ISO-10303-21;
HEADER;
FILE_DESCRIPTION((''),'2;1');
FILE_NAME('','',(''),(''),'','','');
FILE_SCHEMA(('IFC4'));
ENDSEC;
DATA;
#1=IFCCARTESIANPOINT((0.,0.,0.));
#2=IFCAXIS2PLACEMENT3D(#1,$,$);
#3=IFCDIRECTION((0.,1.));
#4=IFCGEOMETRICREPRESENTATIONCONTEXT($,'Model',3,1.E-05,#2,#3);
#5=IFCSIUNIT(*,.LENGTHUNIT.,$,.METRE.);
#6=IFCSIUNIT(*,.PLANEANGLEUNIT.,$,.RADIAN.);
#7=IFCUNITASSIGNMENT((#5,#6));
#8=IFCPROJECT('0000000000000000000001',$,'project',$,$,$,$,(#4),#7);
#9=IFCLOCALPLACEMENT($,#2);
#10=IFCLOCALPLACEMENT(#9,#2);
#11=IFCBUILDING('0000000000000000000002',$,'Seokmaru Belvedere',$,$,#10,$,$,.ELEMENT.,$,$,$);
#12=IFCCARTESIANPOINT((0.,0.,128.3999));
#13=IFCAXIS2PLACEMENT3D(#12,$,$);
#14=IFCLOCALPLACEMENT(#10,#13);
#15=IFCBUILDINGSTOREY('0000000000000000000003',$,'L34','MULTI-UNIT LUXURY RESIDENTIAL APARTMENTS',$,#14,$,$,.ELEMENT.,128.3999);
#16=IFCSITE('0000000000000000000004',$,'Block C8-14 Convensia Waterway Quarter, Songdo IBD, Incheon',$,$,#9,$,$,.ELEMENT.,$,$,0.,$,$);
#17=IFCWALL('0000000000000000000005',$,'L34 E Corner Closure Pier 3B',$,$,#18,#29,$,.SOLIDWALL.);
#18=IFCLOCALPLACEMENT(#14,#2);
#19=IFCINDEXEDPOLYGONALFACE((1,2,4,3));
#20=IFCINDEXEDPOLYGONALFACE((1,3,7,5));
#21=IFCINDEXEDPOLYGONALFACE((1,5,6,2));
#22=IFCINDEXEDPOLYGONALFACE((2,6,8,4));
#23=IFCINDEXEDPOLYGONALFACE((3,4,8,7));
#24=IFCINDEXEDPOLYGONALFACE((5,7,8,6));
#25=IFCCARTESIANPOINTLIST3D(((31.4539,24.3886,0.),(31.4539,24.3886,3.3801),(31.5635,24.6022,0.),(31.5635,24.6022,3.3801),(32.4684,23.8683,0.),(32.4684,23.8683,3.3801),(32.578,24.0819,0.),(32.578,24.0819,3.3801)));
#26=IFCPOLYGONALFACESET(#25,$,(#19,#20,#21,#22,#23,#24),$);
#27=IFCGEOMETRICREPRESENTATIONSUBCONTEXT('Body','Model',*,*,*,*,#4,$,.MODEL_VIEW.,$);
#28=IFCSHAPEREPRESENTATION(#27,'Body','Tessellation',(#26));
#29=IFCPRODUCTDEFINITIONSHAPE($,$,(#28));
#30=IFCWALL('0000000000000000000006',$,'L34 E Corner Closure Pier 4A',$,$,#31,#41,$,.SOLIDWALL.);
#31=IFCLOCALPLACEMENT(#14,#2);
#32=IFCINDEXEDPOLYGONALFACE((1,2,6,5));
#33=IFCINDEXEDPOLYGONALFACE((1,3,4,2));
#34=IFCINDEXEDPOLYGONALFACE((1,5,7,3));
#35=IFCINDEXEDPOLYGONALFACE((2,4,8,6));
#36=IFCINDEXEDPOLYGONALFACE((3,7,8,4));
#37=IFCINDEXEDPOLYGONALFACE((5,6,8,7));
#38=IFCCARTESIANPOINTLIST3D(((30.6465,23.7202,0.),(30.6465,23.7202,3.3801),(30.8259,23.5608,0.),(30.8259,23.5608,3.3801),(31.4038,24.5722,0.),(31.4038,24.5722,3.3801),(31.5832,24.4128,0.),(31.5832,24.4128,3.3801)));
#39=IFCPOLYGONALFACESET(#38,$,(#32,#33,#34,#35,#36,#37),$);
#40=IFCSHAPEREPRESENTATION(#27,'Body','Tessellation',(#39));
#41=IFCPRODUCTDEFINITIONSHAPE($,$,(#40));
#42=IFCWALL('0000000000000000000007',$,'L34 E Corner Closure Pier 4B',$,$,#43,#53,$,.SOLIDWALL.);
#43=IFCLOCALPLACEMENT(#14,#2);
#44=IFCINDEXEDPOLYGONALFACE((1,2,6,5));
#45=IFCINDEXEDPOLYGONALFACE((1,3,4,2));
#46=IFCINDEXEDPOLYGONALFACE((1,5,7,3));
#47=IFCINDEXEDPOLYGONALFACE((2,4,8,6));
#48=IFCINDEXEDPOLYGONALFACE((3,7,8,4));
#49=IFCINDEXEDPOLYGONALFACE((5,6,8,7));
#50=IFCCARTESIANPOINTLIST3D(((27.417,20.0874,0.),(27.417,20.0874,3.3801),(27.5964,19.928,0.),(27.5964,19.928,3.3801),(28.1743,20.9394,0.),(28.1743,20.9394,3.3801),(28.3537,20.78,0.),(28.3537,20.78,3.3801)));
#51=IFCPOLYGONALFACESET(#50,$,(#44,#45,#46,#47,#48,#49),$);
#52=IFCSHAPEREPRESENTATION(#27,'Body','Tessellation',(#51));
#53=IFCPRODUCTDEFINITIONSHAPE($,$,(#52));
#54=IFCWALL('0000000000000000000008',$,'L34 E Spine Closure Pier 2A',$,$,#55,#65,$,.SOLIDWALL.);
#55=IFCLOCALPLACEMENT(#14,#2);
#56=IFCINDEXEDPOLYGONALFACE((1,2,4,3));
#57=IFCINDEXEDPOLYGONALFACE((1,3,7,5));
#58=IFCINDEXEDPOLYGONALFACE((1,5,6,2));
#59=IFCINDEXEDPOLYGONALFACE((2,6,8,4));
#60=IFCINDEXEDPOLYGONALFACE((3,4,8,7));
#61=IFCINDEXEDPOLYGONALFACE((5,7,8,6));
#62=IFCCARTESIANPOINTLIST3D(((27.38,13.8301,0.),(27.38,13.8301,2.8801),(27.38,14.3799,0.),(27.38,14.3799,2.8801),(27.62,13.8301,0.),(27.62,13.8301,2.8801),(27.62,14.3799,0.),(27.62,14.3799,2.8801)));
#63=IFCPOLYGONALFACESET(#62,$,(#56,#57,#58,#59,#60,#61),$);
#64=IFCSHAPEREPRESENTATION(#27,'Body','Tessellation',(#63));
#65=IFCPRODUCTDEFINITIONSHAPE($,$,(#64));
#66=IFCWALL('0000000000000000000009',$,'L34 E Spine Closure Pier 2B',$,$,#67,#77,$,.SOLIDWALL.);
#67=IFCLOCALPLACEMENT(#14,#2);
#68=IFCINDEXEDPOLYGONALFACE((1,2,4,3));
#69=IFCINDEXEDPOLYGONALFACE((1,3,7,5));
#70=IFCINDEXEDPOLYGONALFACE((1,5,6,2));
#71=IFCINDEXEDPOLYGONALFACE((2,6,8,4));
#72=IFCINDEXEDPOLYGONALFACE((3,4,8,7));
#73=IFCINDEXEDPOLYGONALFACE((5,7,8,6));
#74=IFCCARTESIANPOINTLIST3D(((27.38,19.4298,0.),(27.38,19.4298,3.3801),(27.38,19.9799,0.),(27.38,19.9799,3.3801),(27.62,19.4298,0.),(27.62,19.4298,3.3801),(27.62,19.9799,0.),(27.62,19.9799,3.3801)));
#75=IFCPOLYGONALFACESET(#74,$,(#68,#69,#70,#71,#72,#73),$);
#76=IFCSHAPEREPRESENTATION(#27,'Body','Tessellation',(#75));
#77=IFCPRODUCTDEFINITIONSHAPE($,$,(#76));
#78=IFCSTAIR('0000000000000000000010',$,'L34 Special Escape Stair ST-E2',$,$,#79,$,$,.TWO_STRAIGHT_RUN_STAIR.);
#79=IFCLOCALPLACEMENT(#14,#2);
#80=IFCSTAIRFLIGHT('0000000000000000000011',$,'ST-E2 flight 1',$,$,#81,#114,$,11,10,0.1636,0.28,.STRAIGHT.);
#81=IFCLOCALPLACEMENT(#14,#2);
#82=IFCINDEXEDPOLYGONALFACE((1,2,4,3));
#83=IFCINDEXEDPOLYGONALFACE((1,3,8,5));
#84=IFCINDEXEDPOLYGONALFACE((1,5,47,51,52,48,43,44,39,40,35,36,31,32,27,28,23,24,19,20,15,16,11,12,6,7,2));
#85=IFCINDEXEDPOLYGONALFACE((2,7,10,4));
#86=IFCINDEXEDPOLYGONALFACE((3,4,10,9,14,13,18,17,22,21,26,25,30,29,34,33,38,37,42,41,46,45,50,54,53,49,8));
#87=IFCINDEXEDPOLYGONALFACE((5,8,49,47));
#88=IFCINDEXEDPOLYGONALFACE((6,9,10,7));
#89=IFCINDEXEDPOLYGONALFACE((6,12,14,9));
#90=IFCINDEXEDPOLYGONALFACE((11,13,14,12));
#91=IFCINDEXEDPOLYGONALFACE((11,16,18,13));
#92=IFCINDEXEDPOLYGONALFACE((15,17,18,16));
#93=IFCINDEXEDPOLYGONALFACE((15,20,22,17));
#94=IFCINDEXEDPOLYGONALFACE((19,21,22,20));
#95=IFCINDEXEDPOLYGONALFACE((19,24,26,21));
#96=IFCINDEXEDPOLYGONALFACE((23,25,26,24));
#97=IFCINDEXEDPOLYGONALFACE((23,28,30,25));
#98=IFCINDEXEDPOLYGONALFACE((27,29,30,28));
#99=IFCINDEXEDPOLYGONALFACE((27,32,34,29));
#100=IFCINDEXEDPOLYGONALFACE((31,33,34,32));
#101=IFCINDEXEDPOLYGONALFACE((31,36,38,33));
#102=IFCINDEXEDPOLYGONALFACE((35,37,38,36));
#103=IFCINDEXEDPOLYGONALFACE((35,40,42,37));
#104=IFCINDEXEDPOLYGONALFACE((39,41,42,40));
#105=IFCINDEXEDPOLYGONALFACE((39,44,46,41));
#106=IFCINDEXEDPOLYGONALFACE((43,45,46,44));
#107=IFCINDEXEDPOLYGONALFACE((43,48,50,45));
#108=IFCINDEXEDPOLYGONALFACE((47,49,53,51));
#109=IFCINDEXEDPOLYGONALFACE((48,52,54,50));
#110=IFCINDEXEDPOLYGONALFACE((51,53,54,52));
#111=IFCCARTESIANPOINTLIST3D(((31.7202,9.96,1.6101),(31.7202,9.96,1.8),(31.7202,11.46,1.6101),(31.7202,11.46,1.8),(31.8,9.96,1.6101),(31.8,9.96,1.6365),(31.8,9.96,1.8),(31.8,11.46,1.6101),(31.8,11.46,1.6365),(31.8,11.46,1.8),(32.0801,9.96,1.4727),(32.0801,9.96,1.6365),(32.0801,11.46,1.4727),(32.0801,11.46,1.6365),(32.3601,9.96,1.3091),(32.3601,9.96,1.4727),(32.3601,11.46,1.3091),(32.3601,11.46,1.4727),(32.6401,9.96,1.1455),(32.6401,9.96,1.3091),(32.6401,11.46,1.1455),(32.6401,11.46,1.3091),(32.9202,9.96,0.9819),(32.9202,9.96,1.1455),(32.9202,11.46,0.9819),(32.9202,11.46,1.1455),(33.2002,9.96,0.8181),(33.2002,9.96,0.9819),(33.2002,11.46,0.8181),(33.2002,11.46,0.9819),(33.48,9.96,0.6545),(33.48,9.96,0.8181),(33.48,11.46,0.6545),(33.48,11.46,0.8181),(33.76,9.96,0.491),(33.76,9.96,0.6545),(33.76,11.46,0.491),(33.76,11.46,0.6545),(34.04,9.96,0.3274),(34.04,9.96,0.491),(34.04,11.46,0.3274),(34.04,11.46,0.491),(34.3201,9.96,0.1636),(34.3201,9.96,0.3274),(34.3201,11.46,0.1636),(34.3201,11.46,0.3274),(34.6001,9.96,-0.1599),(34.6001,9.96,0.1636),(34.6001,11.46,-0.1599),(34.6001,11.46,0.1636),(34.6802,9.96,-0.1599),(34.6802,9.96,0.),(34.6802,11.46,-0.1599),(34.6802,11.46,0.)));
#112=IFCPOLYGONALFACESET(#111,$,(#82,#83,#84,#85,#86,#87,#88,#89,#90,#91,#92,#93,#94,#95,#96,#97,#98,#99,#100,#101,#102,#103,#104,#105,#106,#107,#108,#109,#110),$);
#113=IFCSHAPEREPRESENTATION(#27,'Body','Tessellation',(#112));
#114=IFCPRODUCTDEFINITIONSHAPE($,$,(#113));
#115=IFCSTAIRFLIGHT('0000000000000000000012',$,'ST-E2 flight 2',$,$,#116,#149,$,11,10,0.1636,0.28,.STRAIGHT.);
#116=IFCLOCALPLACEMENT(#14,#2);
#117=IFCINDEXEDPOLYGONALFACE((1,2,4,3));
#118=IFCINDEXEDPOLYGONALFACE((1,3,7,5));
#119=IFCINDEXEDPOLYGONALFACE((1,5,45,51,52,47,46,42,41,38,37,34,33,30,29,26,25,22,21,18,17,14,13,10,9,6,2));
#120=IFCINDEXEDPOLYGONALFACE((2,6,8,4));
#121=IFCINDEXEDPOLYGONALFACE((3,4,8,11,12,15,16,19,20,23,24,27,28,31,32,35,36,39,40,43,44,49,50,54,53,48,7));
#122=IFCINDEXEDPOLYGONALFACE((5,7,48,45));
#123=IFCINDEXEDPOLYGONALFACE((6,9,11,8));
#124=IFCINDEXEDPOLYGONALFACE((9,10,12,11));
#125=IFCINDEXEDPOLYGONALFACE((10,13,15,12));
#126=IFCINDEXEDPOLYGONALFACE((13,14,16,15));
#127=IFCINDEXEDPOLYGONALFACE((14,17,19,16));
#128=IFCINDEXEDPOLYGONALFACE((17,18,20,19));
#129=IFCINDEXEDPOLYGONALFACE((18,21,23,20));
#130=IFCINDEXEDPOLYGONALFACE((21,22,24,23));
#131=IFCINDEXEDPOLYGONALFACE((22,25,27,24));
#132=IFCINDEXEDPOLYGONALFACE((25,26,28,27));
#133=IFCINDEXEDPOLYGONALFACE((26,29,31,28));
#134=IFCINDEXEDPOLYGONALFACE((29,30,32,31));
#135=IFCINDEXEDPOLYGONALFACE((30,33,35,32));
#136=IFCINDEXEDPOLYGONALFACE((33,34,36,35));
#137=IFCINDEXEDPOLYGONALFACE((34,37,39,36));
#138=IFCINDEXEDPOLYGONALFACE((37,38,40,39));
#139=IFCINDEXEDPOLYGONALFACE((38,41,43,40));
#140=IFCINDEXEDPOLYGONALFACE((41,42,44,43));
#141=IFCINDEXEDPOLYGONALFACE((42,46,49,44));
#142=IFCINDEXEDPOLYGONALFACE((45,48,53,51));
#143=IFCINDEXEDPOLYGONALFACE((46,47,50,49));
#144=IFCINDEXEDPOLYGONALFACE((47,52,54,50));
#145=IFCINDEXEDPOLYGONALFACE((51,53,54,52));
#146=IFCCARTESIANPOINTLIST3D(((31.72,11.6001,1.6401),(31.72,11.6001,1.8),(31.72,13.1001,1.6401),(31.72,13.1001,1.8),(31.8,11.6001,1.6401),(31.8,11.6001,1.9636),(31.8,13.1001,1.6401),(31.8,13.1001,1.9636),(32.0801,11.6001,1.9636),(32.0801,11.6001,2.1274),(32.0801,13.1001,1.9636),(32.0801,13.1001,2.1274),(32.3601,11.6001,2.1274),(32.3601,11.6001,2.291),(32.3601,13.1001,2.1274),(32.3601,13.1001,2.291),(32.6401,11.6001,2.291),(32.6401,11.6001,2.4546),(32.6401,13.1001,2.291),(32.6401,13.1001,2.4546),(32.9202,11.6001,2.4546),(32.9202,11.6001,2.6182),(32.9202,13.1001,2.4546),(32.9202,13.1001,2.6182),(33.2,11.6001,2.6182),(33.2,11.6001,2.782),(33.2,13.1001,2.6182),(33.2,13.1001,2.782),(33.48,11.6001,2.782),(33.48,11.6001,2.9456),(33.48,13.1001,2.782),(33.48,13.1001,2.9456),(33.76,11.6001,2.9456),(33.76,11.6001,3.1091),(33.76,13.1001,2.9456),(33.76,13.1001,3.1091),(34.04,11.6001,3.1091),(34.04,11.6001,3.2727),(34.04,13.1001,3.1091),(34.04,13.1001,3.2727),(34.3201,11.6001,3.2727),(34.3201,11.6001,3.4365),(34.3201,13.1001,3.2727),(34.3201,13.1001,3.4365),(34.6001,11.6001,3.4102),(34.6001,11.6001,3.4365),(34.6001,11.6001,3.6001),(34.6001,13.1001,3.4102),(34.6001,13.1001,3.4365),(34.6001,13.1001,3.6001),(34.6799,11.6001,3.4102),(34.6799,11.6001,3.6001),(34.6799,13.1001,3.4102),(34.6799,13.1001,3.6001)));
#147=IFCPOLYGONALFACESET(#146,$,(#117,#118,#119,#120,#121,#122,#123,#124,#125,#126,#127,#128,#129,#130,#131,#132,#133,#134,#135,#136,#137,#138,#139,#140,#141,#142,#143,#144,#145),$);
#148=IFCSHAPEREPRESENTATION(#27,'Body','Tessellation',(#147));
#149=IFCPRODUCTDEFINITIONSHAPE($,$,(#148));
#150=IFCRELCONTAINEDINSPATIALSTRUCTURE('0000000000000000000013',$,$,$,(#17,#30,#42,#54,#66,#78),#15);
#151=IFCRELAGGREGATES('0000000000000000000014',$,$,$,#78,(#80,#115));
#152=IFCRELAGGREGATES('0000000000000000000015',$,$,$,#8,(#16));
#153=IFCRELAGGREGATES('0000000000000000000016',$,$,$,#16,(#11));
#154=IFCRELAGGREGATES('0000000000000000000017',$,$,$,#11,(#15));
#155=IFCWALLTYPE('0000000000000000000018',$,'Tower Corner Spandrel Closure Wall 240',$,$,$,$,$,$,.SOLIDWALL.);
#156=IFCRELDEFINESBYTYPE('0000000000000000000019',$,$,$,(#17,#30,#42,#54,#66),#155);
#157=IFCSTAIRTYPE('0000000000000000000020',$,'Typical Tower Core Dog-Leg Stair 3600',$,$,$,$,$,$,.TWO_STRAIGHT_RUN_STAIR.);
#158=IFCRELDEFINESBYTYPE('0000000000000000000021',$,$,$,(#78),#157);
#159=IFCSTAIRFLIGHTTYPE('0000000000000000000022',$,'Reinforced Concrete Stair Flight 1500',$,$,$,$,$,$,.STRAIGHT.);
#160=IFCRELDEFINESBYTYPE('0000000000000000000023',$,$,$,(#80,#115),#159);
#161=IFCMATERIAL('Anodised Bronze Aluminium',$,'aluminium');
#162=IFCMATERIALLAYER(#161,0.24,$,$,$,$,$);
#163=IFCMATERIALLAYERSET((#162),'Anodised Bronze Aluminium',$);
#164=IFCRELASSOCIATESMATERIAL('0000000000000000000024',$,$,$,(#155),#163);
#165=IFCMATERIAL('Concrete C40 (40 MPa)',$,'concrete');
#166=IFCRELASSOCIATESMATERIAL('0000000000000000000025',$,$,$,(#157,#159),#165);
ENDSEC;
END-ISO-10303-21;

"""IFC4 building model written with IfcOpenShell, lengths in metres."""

from ifc_helpers import new_model, si_unit, direction, frame, frame_2d, origin, place, context, subcontext, project, spatial, polyline, rectangle, outline, extrude, material, layer, layer_set, type_object, element, aggregate, save


model = new_model("IFC4")

# Units and contexts
model_context = context("Model", 3, precision=1e-05, world=origin(), true_north=direction((0.0, 1.0)))
body_context = subcontext(model_context, "Body", "Model", "MODEL_VIEW")
ifc_project = project(units=[si_unit("LENGTHUNIT", "METRE"), si_unit("PLANEANGLEUNIT", "RADIAN")], contexts=[model_context])

# Site, building, storey
site_placement = place(None, origin())
site = spatial("IfcSite", under=ifc_project, at=site_placement, Name="Block C8-14 Convensia Waterway Quarter, Songdo IBD, Incheon", CompositionType="ELEMENT", RefElevation=0.0)
building_placement = place(site_placement, origin())
building = spatial("IfcBuilding", under=site, at=building_placement, Name="Seokmaru Belvedere", CompositionType="ELEMENT")
storey_placement = place(building_placement, frame((0.0, 0.0, 128.3999)))
storey = spatial("IfcBuildingStorey", under=building, at=storey_placement, Name="L34", Description="MULTI-UNIT LUXURY RESIDENTIAL APARTMENTS", CompositionType="ELEMENT", Elevation=128.3999)

# Shared definitions
ifc_material_1 = material(Name="Anodised Bronze Aluminium", Category="aluminium")

# Walls
ifc_layer_1 = layer(ifc_material_1, 0.24)
ifc_layer_set_1 = layer_set([ifc_layer_1], Name="Anodised Bronze Aluminium")
wall_type_1 = type_object("IfcWallType", Name="Tower Corner Spandrel Closure Wall 240", PredefinedType="SOLIDWALL", material=ifc_layer_set_1)
wall_1_placement = place(storey_placement, frame((32.5232, 23.9751, 0.0), z_axis=(0.0, 0.0, 1.0), x_axis=(-0.889797, 0.456356, 0.0)))
element("IfcWall", 1, at=wall_1_placement, inside=storey, type_object=wall_type_1, Name="L34 E Corner Closure Pier 3B", PredefinedType="SOLIDWALL", context=body_context, shape_type="SweptSolid", body=[
    extrude(rectangle(XDim=1.1401, YDim=0.24, at=frame_2d((0.5701, 0.0))), origin(), (0.0, 0.0, 1.0), 3.3801),
])
for number, where, z_axis, x_axis, name in (
    (2, (31.4934, 24.4924, 0.0), (0.0, 0.0, 1.0), (-0.664337, -0.747433, 0.0), "L34 E Corner Closure Pier 4A"),
    (3, (28.2639, 20.8596, 0.0), (0.0, 0.0, 1.0), (-0.664337, -0.747433, 0.0), "L34 E Corner Closure Pier 4B"),
):
    element("IfcWall", number, at=place(storey_placement, frame(where, z_axis=z_axis, x_axis=x_axis)), inside=storey, type_object=wall_type_1, Name=name, PredefinedType="SOLIDWALL", context=body_context, shape_type="SweptSolid", body=[
        extrude(rectangle(XDim=1.1399, YDim=0.24, at=frame_2d((0.5698, 0.0))), origin(), (0.0, 0.0, 1.0), 3.3801),
    ])
wall_2_placement = place(storey_placement, frame((27.5, 13.8301, 0.0), z_axis=(0.0, 0.0, 1.0), x_axis=(0.0, 1.0, 0.0)))
element("IfcWall", 4, at=wall_2_placement, inside=storey, type_object=wall_type_1, Name="L34 E Spine Closure Pier 2A", PredefinedType="SOLIDWALL", context=body_context, shape_type="SweptSolid", body=[
    extrude(rectangle(XDim=0.5498, YDim=0.24, at=frame_2d((0.2749, 0.0))), origin(), (0.0, 0.0, 1.0), 2.8801),
])
wall_3_placement = place(storey_placement, frame((27.5, 19.4299, 0.0), z_axis=(0.0, 0.0, 1.0), x_axis=(0.0, 1.0, 0.0)))
element("IfcWall", 5, at=wall_3_placement, inside=storey, type_object=wall_type_1, Name="L34 E Spine Closure Pier 2B", PredefinedType="SOLIDWALL", context=body_context, shape_type="SweptSolid", body=[
    extrude(rectangle(XDim=0.55, YDim=0.24, at=frame_2d((0.2749, 0.0))), origin(), (0.0, 0.0, 1.0), 3.3801),
])

# Stair, stair flights
ifc_material_2 = material(Name="Concrete C40 (40 MPa)", Category="concrete")
stair_type = type_object("IfcStairType", Name="Typical Tower Core Dog-Leg Stair 3600", PredefinedType="TWO_STRAIGHT_RUN_STAIR", material=ifc_material_2)
stair_placement = place(storey_placement, origin())
stair = element("IfcStair", 6, at=stair_placement, inside=storey, type_object=stair_type, Name="L34 Special Escape Stair ST-E2", PredefinedType="TWO_STRAIGHT_RUN_STAIR")
stair_flight_type = type_object("IfcStairFlightType", Name="Reinforced Concrete Stair Flight 1500", PredefinedType="STRAIGHT", material=ifc_material_2)
stair_flight_1_placement = place(storey_placement, frame((34.6001, 10.71, 0.0), z_axis=(0.0, 0.0, 1.0), x_axis=(-1.0, 0.0, 0.0)))
stair_flight_1 = element("IfcStairFlight", 7, at=stair_flight_1_placement, type_object=stair_flight_type, Name="ST-E2 flight 1", NumberOfRisers=11, NumberOfTreads=10, PredefinedType="STRAIGHT", RiserHeight=0.1636, TreadLength=0.28, context=body_context, shape_type="SweptSolid", body=[
    extrude(outline(polyline([(-0.0801, 0.0), (0.0, 0.1636), (0.28, 0.1636), (0.28, 0.3274), (0.5601, 0.3274), (0.5601, 0.491), (0.8401, 0.491), (0.8401, 0.6545), (1.1201, 0.6545), (1.1201, 0.8181), (1.3999, 0.8181), (1.3999, 0.9819), (1.6799, 0.9819), (1.6799, 1.1455), (1.96, 1.1455), (1.96, 1.3091), (2.24, 1.3091), (2.24, 1.4727), (2.52, 1.4727), (2.52, 1.6365), (2.8, 1.6365), (2.8, 1.8), (2.8799, 1.8), (2.8799, 1.6101), (2.8, 1.6101), (0.0, -0.1599), (-0.0801, -0.1599), (-0.0801, 0.0)])), frame((0.0, 0.75, 0.0), z_axis=(0.0, -1.0, 0.0), x_axis=(1.0, 0.0, 0.0)), (0.0, 0.0, 1.0), 1.5),
])
stair_flight_2_placement = place(storey_placement, frame((31.8, 12.3501, 1.8), z_axis=(0.0, 0.0, 1.0), x_axis=(1.0, 0.0, 0.0)))
stair_flight_2 = element("IfcStairFlight", 8, at=stair_flight_2_placement, type_object=stair_flight_type, Name="ST-E2 flight 2", NumberOfRisers=11, NumberOfTreads=10, PredefinedType="STRAIGHT", RiserHeight=0.1636, TreadLength=0.28, context=body_context, shape_type="SweptSolid", body=[
    extrude(outline(polyline([(-0.0801, 0.0), (0.0, 0.1636), (0.28, 0.1636), (0.28, 0.3274), (0.5601, 0.3274), (0.5601, 0.491), (0.8401, 0.491), (0.8401, 0.6545), (1.1201, 0.6545), (1.1201, 0.8181), (1.3999, 0.8181), (1.3999, 0.9819), (1.6799, 0.9819), (1.6799, 1.1455), (1.96, 1.1455), (1.96, 1.3091), (2.24, 1.3091), (2.24, 1.4727), (2.52, 1.4727), (2.52, 1.6365), (2.8, 1.6365), (2.8, 1.8), (2.8799, 1.8), (2.8799, 1.6101), (2.8, 1.6101), (0.0, -0.1599), (-0.0801, -0.1599), (-0.0801, 0.0)])), frame((0.0, 0.75, 0.0), z_axis=(0.0, -1.0, 0.0), x_axis=(1.0, 0.0, 0.0)), (0.0, 0.0, 1.0), 1.5),
])
aggregate(stair, [stair_flight_1, stair_flight_2])

save(model, "model.ifc")
